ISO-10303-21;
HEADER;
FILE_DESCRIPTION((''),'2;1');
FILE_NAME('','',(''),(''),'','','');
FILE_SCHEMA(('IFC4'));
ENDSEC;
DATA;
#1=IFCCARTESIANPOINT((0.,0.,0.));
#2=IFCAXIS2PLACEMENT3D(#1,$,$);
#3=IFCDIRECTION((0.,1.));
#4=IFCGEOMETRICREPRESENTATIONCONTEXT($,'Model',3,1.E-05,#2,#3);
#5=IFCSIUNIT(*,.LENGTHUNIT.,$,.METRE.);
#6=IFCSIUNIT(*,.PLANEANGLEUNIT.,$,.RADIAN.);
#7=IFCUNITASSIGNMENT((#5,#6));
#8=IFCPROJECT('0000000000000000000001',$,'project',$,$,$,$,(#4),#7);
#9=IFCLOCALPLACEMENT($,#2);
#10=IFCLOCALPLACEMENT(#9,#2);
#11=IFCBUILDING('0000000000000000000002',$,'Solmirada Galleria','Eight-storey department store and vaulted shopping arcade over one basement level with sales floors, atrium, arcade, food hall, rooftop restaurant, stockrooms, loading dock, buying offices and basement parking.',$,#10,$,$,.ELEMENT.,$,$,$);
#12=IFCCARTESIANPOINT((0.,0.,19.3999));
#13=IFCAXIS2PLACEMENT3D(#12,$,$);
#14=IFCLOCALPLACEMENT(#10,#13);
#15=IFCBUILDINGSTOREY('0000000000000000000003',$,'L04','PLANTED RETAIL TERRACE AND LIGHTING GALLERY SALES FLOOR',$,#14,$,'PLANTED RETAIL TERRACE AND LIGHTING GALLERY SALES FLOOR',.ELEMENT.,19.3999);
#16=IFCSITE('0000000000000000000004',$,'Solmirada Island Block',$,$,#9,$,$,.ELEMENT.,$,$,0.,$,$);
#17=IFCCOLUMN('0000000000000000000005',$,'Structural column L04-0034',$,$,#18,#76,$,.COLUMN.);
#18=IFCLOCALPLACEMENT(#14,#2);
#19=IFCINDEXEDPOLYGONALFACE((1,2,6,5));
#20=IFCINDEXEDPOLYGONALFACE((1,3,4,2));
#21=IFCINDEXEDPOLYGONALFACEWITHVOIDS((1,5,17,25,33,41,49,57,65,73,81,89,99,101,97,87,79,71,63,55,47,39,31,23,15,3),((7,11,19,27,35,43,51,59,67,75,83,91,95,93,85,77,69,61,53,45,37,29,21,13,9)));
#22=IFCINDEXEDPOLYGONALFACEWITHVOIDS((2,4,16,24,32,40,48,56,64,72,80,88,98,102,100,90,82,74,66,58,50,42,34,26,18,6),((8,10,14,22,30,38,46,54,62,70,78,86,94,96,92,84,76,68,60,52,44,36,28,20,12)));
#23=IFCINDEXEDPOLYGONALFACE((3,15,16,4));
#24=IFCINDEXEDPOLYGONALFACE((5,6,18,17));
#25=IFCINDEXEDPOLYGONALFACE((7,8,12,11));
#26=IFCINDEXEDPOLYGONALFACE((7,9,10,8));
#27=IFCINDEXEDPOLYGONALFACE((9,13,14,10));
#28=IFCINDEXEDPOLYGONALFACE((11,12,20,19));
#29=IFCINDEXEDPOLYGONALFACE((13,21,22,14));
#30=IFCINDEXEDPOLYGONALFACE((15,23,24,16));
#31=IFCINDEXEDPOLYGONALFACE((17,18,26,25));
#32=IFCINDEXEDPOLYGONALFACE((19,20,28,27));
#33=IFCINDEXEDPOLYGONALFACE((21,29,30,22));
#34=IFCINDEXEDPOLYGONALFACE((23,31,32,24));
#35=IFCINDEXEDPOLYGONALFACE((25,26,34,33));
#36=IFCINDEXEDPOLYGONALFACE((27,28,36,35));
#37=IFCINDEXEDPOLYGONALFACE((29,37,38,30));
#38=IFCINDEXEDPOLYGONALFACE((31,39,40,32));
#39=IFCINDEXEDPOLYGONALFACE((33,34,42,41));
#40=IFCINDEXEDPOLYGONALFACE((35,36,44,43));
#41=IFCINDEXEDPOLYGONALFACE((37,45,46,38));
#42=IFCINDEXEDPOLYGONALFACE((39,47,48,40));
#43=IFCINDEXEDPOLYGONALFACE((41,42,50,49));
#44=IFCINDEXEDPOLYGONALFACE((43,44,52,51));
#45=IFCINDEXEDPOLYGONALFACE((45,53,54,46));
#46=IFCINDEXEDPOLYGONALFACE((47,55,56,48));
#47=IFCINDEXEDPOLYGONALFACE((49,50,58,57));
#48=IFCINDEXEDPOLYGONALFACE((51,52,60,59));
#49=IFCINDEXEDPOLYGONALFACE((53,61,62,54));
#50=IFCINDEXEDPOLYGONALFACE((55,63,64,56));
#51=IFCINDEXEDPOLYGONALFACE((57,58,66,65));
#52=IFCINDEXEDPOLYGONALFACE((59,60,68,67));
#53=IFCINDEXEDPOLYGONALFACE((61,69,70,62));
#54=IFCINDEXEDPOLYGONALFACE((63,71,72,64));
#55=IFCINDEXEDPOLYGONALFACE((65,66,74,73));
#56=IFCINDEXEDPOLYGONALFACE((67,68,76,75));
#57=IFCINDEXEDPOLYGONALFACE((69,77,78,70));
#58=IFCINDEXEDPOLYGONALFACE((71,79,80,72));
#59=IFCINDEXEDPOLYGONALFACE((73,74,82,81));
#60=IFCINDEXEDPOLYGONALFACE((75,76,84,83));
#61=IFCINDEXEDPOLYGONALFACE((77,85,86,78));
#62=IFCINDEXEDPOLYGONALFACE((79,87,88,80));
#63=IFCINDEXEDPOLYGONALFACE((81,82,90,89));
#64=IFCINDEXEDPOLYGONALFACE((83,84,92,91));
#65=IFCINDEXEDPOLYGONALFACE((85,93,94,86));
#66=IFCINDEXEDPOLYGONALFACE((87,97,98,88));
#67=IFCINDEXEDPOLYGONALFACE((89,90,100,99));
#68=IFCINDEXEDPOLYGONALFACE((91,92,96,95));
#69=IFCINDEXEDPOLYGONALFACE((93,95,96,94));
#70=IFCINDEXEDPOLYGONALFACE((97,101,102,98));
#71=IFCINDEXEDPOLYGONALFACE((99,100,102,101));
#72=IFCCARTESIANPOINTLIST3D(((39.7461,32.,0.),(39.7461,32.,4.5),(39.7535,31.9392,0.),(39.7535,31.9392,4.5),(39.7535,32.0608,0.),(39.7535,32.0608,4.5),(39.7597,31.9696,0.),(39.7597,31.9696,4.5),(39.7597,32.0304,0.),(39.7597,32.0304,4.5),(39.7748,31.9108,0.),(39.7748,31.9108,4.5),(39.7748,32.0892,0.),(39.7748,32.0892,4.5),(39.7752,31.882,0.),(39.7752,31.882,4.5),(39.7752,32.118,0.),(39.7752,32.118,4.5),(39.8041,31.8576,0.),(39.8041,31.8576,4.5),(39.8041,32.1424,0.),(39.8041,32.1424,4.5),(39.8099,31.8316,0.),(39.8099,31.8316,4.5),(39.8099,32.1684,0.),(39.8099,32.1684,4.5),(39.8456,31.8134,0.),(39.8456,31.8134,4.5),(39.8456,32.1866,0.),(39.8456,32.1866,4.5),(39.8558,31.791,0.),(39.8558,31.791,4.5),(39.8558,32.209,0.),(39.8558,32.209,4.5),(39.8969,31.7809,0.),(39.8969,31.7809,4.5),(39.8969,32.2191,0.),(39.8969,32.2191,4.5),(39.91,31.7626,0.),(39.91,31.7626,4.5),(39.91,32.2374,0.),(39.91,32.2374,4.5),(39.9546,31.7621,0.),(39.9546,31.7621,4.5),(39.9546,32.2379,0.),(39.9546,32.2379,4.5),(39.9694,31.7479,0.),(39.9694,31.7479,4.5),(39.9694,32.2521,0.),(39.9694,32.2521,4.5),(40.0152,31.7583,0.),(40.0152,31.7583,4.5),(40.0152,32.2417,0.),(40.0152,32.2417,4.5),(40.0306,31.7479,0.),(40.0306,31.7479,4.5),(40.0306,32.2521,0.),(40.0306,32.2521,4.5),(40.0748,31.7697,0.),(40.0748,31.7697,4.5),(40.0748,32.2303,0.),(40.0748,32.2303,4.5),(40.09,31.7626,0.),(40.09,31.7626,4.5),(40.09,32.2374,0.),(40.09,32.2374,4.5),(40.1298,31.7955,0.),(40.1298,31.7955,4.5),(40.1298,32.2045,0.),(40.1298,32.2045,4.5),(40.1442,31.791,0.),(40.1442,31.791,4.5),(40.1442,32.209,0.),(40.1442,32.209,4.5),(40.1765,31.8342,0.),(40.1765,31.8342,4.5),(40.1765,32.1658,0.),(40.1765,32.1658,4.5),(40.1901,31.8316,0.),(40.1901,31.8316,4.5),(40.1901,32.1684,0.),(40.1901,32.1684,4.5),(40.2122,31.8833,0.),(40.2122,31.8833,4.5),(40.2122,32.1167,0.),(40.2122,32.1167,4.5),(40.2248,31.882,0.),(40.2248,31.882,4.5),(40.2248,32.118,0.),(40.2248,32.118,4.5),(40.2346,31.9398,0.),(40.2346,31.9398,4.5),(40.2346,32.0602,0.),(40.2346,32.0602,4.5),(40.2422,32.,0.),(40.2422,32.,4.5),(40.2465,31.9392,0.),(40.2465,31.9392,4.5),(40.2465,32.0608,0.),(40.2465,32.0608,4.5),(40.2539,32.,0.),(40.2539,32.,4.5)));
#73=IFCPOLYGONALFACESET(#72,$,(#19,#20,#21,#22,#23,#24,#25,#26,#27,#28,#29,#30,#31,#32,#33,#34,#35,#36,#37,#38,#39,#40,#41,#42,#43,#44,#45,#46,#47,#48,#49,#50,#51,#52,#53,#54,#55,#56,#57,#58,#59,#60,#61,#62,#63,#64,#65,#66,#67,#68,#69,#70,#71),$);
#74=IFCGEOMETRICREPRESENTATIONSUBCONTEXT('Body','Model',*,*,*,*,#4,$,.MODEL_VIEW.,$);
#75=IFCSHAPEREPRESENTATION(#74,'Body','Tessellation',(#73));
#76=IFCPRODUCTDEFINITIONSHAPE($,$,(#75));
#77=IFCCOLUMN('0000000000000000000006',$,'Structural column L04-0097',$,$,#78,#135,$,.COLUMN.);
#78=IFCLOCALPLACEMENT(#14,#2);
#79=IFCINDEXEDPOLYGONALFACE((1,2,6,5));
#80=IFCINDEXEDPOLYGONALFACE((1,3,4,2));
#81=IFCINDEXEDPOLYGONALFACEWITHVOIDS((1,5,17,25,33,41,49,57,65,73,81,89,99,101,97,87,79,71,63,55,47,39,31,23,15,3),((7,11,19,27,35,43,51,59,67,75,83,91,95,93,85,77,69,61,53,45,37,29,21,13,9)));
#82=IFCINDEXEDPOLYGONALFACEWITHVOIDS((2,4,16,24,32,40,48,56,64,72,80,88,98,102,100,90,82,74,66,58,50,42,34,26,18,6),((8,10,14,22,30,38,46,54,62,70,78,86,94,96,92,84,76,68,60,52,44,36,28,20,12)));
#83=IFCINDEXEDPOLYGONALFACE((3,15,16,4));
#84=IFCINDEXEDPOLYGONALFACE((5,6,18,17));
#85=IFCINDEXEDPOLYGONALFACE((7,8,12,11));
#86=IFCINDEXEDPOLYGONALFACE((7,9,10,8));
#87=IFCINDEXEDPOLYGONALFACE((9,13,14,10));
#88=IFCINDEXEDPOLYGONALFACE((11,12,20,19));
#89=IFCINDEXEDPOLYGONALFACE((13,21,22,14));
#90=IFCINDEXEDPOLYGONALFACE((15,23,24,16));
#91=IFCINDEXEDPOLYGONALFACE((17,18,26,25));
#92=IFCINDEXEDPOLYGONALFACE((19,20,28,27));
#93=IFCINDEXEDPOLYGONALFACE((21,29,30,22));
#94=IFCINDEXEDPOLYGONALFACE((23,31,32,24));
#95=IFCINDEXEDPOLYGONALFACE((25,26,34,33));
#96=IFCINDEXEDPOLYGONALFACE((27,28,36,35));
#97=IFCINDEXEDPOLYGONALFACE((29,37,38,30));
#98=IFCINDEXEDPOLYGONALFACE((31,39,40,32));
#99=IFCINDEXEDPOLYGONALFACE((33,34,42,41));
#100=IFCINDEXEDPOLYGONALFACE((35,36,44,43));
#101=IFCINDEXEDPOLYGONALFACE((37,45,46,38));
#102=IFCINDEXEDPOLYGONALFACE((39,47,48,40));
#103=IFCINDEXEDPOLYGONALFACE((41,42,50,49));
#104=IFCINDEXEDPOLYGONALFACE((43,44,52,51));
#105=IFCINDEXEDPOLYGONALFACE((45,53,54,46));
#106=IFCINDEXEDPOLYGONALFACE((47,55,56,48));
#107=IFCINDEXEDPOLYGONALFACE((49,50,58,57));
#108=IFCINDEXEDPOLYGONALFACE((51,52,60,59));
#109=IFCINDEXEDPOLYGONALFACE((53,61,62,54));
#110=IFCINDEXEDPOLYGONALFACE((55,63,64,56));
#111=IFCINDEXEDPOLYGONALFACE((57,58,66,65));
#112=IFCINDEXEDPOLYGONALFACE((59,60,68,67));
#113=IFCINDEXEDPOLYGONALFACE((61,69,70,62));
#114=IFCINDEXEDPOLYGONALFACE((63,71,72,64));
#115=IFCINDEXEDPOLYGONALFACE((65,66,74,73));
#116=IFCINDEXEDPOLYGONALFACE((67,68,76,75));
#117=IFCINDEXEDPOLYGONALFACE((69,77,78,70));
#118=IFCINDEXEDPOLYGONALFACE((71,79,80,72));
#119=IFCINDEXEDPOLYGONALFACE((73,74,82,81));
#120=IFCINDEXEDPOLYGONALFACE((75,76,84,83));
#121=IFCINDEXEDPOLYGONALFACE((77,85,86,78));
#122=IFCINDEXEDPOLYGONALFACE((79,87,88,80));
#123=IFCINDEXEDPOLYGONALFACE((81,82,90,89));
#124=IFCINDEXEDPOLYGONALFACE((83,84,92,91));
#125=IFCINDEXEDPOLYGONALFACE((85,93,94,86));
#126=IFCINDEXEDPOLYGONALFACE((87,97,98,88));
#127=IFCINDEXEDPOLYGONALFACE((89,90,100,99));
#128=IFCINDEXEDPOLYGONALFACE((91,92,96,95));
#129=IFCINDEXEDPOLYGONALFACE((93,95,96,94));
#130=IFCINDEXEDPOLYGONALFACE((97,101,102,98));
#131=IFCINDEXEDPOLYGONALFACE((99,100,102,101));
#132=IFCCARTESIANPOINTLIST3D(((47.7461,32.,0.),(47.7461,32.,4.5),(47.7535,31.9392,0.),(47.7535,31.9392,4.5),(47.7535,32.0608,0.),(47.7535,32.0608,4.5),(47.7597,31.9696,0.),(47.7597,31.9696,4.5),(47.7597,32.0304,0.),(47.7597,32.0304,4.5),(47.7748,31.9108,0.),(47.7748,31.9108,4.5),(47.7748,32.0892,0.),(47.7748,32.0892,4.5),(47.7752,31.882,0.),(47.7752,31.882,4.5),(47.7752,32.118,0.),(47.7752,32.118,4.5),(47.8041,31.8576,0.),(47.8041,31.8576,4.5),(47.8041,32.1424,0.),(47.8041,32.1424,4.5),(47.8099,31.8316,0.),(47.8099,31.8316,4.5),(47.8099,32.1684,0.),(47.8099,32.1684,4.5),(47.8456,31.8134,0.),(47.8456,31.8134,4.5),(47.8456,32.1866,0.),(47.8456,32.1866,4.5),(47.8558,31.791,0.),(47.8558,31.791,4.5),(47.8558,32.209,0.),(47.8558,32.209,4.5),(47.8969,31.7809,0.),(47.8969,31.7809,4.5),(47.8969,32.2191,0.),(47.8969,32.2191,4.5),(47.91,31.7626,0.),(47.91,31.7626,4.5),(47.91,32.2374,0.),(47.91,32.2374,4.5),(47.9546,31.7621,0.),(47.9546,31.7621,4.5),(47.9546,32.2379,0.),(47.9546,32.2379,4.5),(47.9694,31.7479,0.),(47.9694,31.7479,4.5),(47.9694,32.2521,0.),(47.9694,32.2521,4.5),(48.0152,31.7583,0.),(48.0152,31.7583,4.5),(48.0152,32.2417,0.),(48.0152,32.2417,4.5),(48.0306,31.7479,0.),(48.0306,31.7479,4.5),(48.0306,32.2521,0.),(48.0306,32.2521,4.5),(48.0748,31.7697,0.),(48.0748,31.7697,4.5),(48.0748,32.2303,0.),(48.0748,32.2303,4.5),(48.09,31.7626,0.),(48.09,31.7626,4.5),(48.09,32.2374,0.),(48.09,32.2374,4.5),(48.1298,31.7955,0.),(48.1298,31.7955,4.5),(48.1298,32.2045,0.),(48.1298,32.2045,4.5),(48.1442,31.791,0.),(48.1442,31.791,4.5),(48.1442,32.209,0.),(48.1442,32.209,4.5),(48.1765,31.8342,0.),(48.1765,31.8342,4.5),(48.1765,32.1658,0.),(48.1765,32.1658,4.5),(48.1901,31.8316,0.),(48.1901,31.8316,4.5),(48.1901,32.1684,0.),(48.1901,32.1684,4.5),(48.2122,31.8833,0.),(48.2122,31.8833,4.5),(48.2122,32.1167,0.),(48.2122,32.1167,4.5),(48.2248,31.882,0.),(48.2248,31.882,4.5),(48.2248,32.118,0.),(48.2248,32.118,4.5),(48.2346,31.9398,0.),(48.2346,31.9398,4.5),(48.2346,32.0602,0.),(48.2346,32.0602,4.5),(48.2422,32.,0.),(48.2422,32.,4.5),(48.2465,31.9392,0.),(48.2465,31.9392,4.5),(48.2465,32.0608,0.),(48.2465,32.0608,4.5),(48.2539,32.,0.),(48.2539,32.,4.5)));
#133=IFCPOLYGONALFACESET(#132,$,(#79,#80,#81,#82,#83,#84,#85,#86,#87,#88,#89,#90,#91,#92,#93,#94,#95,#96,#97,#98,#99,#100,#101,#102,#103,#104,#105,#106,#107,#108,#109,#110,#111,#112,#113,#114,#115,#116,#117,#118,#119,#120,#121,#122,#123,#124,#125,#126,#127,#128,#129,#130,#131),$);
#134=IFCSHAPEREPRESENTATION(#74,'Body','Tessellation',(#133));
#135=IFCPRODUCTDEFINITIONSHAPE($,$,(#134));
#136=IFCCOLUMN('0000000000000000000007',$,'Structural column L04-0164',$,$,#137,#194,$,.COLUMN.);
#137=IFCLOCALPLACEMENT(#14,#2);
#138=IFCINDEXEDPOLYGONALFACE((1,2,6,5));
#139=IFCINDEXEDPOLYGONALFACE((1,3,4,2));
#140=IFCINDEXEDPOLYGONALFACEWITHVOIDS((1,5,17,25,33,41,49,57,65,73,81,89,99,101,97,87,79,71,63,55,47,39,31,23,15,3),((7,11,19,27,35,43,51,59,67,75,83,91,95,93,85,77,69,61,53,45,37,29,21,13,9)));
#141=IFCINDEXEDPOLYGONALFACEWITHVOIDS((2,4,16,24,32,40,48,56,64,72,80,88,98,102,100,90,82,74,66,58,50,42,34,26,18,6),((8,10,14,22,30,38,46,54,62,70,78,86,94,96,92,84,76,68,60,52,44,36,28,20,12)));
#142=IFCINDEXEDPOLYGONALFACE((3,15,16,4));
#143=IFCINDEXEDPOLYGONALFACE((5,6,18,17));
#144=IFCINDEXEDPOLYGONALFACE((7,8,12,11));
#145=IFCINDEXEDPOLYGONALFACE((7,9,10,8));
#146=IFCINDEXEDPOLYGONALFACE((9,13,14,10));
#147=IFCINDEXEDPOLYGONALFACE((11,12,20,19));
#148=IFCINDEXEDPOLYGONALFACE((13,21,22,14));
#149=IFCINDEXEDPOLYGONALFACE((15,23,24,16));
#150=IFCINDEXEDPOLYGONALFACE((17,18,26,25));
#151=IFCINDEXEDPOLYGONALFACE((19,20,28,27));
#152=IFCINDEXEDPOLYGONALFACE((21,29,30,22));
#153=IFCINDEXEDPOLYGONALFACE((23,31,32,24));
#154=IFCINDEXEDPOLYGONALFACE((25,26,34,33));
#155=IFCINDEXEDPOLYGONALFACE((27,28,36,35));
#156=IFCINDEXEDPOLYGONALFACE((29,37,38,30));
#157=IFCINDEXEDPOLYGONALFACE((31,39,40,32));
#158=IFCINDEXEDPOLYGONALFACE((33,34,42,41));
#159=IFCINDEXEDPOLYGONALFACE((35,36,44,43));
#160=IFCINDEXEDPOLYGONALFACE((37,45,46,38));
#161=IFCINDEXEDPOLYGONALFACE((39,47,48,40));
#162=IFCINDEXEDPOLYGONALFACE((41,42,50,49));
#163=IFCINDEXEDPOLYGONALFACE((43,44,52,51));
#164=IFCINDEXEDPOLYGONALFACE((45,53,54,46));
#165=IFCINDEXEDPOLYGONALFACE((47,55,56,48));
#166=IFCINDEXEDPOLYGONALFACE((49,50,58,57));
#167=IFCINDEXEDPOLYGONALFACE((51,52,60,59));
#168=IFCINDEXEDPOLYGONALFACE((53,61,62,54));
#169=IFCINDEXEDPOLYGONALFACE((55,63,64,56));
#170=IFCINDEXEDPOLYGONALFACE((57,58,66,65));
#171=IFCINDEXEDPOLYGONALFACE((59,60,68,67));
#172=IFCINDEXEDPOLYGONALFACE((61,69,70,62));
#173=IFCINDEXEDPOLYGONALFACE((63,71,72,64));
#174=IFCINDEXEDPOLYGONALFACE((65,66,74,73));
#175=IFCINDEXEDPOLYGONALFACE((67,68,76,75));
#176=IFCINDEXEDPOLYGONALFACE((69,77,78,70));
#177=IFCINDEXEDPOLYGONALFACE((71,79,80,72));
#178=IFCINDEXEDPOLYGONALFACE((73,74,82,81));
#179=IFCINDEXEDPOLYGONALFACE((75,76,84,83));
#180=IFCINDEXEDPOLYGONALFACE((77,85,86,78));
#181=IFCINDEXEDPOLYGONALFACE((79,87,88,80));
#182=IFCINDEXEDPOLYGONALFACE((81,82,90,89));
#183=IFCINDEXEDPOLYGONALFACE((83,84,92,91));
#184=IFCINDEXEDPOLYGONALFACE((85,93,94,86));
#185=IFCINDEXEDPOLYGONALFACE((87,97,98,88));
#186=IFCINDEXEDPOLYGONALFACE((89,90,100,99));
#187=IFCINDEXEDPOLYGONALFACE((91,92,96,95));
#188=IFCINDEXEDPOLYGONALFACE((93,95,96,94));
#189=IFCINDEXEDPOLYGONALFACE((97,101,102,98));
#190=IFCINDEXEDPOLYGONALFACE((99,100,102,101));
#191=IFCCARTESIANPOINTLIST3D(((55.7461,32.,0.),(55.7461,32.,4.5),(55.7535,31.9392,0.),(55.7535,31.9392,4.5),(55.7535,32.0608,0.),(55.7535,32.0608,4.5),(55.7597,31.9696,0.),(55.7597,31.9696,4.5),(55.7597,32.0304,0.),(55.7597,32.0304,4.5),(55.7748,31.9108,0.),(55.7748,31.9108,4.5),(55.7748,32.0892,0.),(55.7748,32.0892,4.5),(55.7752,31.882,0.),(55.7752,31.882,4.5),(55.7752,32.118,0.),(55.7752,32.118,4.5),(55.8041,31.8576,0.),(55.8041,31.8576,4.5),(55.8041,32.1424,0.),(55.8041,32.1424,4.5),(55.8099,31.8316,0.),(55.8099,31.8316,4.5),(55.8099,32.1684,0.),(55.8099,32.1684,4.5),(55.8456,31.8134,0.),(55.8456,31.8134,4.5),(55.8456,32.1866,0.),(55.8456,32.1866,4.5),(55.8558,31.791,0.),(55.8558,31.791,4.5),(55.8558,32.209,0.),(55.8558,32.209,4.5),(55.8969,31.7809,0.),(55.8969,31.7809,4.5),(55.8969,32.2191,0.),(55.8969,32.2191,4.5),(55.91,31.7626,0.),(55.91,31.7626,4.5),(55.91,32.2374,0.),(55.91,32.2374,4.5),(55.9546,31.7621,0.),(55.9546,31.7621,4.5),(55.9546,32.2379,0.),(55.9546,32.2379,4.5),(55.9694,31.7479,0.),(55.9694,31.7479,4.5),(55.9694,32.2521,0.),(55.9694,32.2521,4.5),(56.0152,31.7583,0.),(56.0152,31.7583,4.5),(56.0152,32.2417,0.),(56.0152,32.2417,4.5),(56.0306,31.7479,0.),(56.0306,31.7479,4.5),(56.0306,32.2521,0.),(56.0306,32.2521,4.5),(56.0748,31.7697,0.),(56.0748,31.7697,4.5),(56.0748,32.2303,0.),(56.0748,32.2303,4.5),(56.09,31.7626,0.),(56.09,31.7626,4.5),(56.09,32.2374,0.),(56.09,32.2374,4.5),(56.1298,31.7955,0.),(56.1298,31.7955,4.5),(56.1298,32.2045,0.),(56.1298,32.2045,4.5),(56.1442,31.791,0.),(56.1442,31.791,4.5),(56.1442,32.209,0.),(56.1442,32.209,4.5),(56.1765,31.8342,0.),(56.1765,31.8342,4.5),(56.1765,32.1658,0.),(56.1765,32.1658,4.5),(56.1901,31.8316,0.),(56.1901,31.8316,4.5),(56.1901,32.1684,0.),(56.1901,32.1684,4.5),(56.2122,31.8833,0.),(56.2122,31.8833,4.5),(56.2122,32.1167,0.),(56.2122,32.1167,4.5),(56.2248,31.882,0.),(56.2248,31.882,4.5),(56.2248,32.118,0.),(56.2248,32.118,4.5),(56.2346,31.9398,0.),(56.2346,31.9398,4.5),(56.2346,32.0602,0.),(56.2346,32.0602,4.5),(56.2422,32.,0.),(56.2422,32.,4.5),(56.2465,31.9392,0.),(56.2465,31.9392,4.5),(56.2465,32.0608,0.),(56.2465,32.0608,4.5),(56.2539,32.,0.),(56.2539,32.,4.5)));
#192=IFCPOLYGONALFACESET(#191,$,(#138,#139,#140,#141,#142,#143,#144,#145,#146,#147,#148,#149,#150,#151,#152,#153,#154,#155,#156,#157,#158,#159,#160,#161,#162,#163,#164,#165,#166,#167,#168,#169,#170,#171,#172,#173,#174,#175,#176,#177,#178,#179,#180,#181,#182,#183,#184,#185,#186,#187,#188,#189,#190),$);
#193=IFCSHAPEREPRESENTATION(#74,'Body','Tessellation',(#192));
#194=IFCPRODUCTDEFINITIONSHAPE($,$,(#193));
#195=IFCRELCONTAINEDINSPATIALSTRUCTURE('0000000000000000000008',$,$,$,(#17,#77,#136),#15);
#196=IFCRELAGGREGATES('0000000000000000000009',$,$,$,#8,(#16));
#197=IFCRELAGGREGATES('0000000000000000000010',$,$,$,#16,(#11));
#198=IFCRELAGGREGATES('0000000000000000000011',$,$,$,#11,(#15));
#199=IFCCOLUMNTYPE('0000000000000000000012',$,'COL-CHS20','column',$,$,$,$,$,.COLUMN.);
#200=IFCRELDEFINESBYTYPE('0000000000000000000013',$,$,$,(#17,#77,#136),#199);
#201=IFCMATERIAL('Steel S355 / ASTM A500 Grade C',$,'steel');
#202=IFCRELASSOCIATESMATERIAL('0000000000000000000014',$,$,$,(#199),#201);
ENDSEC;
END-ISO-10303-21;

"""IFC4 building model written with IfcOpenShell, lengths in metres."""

from ifc_helpers import new_model, si_unit, direction, frame, origin, origin_2d, place, context, subcontext, project, spatial, hollow_circle, extrude, material, material_profile, profile_set, type_object, element, save


model = new_model("IFC4")

# Units and contexts
model_context = context("Model", 3, precision=1e-05, world=origin(), true_north=direction((0.0, 1.0)))
body_context = subcontext(model_context, "Body", "Model", "MODEL_VIEW")
ifc_project = project(units=[si_unit("LENGTHUNIT", "METRE"), si_unit("PLANEANGLEUNIT", "RADIAN")], contexts=[model_context])

# Site, building, storey
site_placement = place(None, origin())
site = spatial("IfcSite", under=ifc_project, at=site_placement, Name="Solmirada Island Block", CompositionType="ELEMENT", RefElevation=0.0)
building_placement = place(site_placement, origin())
building = spatial("IfcBuilding", under=site, at=building_placement, Name="Solmirada Galleria", Description="Eight-storey department store and vaulted shopping arcade over one basement level with sales floors, atrium, arcade, food hall, rooftop restaurant, stockrooms, loading dock, buying offices and basement parking.", CompositionType="ELEMENT")
storey_placement = place(building_placement, frame((0.0, 0.0, 19.3999)))
storey = spatial("IfcBuildingStorey", under=building, at=storey_placement, Name="L04", Description="PLANTED RETAIL TERRACE AND LIGHTING GALLERY SALES FLOOR", LongName="PLANTED RETAIL TERRACE AND LIGHTING GALLERY SALES FLOOR", CompositionType="ELEMENT", Elevation=19.3999)

# Columns
ifc_material_1 = material(Name="Steel S355 / ASTM A500 Grade C", Category="steel")
ifc_material_profile_1 = material_profile(ifc_material_1, hollow_circle(Radius=0.2539, WallThickness=0.0117, at=origin_2d()), Name="HSS20.000X0.500")
ifc_profile_set_1 = profile_set([ifc_material_profile_1], Name="Steel S355 / ASTM A500 Grade C")
column_type_1 = type_object("IfcColumnType", Name="COL-CHS20", Description="column", PredefinedType="COLUMN", material=ifc_profile_set_1)
for number, where, z_axis, x_axis, name in (
    (1, (40.0, 32.0, 0.0), (0.0, 0.0, 1.0), (1.0, 0.0, 0.0), "Structural column L04-0034"),
    (2, (48.0, 32.0, 0.0), (0.0, 0.0, 1.0), (1.0, 0.0, 0.0), "Structural column L04-0097"),
    (3, (56.0, 32.0, 0.0), (0.0, 0.0, 1.0), (1.0, 0.0, 0.0), "Structural column L04-0164"),
):
    element("IfcColumn", number, at=place(storey_placement, frame(where, z_axis=z_axis, x_axis=x_axis)), inside=storey, type_object=column_type_1, Name=name, PredefinedType="COLUMN", context=body_context, shape_type="SweptSolid", body=[
        extrude(hollow_circle(Radius=0.2539, WallThickness=0.0117, at=origin_2d()), origin(), (0.0, 0.0, 1.0), 4.5),
    ])

save(model, "model.ifc")
